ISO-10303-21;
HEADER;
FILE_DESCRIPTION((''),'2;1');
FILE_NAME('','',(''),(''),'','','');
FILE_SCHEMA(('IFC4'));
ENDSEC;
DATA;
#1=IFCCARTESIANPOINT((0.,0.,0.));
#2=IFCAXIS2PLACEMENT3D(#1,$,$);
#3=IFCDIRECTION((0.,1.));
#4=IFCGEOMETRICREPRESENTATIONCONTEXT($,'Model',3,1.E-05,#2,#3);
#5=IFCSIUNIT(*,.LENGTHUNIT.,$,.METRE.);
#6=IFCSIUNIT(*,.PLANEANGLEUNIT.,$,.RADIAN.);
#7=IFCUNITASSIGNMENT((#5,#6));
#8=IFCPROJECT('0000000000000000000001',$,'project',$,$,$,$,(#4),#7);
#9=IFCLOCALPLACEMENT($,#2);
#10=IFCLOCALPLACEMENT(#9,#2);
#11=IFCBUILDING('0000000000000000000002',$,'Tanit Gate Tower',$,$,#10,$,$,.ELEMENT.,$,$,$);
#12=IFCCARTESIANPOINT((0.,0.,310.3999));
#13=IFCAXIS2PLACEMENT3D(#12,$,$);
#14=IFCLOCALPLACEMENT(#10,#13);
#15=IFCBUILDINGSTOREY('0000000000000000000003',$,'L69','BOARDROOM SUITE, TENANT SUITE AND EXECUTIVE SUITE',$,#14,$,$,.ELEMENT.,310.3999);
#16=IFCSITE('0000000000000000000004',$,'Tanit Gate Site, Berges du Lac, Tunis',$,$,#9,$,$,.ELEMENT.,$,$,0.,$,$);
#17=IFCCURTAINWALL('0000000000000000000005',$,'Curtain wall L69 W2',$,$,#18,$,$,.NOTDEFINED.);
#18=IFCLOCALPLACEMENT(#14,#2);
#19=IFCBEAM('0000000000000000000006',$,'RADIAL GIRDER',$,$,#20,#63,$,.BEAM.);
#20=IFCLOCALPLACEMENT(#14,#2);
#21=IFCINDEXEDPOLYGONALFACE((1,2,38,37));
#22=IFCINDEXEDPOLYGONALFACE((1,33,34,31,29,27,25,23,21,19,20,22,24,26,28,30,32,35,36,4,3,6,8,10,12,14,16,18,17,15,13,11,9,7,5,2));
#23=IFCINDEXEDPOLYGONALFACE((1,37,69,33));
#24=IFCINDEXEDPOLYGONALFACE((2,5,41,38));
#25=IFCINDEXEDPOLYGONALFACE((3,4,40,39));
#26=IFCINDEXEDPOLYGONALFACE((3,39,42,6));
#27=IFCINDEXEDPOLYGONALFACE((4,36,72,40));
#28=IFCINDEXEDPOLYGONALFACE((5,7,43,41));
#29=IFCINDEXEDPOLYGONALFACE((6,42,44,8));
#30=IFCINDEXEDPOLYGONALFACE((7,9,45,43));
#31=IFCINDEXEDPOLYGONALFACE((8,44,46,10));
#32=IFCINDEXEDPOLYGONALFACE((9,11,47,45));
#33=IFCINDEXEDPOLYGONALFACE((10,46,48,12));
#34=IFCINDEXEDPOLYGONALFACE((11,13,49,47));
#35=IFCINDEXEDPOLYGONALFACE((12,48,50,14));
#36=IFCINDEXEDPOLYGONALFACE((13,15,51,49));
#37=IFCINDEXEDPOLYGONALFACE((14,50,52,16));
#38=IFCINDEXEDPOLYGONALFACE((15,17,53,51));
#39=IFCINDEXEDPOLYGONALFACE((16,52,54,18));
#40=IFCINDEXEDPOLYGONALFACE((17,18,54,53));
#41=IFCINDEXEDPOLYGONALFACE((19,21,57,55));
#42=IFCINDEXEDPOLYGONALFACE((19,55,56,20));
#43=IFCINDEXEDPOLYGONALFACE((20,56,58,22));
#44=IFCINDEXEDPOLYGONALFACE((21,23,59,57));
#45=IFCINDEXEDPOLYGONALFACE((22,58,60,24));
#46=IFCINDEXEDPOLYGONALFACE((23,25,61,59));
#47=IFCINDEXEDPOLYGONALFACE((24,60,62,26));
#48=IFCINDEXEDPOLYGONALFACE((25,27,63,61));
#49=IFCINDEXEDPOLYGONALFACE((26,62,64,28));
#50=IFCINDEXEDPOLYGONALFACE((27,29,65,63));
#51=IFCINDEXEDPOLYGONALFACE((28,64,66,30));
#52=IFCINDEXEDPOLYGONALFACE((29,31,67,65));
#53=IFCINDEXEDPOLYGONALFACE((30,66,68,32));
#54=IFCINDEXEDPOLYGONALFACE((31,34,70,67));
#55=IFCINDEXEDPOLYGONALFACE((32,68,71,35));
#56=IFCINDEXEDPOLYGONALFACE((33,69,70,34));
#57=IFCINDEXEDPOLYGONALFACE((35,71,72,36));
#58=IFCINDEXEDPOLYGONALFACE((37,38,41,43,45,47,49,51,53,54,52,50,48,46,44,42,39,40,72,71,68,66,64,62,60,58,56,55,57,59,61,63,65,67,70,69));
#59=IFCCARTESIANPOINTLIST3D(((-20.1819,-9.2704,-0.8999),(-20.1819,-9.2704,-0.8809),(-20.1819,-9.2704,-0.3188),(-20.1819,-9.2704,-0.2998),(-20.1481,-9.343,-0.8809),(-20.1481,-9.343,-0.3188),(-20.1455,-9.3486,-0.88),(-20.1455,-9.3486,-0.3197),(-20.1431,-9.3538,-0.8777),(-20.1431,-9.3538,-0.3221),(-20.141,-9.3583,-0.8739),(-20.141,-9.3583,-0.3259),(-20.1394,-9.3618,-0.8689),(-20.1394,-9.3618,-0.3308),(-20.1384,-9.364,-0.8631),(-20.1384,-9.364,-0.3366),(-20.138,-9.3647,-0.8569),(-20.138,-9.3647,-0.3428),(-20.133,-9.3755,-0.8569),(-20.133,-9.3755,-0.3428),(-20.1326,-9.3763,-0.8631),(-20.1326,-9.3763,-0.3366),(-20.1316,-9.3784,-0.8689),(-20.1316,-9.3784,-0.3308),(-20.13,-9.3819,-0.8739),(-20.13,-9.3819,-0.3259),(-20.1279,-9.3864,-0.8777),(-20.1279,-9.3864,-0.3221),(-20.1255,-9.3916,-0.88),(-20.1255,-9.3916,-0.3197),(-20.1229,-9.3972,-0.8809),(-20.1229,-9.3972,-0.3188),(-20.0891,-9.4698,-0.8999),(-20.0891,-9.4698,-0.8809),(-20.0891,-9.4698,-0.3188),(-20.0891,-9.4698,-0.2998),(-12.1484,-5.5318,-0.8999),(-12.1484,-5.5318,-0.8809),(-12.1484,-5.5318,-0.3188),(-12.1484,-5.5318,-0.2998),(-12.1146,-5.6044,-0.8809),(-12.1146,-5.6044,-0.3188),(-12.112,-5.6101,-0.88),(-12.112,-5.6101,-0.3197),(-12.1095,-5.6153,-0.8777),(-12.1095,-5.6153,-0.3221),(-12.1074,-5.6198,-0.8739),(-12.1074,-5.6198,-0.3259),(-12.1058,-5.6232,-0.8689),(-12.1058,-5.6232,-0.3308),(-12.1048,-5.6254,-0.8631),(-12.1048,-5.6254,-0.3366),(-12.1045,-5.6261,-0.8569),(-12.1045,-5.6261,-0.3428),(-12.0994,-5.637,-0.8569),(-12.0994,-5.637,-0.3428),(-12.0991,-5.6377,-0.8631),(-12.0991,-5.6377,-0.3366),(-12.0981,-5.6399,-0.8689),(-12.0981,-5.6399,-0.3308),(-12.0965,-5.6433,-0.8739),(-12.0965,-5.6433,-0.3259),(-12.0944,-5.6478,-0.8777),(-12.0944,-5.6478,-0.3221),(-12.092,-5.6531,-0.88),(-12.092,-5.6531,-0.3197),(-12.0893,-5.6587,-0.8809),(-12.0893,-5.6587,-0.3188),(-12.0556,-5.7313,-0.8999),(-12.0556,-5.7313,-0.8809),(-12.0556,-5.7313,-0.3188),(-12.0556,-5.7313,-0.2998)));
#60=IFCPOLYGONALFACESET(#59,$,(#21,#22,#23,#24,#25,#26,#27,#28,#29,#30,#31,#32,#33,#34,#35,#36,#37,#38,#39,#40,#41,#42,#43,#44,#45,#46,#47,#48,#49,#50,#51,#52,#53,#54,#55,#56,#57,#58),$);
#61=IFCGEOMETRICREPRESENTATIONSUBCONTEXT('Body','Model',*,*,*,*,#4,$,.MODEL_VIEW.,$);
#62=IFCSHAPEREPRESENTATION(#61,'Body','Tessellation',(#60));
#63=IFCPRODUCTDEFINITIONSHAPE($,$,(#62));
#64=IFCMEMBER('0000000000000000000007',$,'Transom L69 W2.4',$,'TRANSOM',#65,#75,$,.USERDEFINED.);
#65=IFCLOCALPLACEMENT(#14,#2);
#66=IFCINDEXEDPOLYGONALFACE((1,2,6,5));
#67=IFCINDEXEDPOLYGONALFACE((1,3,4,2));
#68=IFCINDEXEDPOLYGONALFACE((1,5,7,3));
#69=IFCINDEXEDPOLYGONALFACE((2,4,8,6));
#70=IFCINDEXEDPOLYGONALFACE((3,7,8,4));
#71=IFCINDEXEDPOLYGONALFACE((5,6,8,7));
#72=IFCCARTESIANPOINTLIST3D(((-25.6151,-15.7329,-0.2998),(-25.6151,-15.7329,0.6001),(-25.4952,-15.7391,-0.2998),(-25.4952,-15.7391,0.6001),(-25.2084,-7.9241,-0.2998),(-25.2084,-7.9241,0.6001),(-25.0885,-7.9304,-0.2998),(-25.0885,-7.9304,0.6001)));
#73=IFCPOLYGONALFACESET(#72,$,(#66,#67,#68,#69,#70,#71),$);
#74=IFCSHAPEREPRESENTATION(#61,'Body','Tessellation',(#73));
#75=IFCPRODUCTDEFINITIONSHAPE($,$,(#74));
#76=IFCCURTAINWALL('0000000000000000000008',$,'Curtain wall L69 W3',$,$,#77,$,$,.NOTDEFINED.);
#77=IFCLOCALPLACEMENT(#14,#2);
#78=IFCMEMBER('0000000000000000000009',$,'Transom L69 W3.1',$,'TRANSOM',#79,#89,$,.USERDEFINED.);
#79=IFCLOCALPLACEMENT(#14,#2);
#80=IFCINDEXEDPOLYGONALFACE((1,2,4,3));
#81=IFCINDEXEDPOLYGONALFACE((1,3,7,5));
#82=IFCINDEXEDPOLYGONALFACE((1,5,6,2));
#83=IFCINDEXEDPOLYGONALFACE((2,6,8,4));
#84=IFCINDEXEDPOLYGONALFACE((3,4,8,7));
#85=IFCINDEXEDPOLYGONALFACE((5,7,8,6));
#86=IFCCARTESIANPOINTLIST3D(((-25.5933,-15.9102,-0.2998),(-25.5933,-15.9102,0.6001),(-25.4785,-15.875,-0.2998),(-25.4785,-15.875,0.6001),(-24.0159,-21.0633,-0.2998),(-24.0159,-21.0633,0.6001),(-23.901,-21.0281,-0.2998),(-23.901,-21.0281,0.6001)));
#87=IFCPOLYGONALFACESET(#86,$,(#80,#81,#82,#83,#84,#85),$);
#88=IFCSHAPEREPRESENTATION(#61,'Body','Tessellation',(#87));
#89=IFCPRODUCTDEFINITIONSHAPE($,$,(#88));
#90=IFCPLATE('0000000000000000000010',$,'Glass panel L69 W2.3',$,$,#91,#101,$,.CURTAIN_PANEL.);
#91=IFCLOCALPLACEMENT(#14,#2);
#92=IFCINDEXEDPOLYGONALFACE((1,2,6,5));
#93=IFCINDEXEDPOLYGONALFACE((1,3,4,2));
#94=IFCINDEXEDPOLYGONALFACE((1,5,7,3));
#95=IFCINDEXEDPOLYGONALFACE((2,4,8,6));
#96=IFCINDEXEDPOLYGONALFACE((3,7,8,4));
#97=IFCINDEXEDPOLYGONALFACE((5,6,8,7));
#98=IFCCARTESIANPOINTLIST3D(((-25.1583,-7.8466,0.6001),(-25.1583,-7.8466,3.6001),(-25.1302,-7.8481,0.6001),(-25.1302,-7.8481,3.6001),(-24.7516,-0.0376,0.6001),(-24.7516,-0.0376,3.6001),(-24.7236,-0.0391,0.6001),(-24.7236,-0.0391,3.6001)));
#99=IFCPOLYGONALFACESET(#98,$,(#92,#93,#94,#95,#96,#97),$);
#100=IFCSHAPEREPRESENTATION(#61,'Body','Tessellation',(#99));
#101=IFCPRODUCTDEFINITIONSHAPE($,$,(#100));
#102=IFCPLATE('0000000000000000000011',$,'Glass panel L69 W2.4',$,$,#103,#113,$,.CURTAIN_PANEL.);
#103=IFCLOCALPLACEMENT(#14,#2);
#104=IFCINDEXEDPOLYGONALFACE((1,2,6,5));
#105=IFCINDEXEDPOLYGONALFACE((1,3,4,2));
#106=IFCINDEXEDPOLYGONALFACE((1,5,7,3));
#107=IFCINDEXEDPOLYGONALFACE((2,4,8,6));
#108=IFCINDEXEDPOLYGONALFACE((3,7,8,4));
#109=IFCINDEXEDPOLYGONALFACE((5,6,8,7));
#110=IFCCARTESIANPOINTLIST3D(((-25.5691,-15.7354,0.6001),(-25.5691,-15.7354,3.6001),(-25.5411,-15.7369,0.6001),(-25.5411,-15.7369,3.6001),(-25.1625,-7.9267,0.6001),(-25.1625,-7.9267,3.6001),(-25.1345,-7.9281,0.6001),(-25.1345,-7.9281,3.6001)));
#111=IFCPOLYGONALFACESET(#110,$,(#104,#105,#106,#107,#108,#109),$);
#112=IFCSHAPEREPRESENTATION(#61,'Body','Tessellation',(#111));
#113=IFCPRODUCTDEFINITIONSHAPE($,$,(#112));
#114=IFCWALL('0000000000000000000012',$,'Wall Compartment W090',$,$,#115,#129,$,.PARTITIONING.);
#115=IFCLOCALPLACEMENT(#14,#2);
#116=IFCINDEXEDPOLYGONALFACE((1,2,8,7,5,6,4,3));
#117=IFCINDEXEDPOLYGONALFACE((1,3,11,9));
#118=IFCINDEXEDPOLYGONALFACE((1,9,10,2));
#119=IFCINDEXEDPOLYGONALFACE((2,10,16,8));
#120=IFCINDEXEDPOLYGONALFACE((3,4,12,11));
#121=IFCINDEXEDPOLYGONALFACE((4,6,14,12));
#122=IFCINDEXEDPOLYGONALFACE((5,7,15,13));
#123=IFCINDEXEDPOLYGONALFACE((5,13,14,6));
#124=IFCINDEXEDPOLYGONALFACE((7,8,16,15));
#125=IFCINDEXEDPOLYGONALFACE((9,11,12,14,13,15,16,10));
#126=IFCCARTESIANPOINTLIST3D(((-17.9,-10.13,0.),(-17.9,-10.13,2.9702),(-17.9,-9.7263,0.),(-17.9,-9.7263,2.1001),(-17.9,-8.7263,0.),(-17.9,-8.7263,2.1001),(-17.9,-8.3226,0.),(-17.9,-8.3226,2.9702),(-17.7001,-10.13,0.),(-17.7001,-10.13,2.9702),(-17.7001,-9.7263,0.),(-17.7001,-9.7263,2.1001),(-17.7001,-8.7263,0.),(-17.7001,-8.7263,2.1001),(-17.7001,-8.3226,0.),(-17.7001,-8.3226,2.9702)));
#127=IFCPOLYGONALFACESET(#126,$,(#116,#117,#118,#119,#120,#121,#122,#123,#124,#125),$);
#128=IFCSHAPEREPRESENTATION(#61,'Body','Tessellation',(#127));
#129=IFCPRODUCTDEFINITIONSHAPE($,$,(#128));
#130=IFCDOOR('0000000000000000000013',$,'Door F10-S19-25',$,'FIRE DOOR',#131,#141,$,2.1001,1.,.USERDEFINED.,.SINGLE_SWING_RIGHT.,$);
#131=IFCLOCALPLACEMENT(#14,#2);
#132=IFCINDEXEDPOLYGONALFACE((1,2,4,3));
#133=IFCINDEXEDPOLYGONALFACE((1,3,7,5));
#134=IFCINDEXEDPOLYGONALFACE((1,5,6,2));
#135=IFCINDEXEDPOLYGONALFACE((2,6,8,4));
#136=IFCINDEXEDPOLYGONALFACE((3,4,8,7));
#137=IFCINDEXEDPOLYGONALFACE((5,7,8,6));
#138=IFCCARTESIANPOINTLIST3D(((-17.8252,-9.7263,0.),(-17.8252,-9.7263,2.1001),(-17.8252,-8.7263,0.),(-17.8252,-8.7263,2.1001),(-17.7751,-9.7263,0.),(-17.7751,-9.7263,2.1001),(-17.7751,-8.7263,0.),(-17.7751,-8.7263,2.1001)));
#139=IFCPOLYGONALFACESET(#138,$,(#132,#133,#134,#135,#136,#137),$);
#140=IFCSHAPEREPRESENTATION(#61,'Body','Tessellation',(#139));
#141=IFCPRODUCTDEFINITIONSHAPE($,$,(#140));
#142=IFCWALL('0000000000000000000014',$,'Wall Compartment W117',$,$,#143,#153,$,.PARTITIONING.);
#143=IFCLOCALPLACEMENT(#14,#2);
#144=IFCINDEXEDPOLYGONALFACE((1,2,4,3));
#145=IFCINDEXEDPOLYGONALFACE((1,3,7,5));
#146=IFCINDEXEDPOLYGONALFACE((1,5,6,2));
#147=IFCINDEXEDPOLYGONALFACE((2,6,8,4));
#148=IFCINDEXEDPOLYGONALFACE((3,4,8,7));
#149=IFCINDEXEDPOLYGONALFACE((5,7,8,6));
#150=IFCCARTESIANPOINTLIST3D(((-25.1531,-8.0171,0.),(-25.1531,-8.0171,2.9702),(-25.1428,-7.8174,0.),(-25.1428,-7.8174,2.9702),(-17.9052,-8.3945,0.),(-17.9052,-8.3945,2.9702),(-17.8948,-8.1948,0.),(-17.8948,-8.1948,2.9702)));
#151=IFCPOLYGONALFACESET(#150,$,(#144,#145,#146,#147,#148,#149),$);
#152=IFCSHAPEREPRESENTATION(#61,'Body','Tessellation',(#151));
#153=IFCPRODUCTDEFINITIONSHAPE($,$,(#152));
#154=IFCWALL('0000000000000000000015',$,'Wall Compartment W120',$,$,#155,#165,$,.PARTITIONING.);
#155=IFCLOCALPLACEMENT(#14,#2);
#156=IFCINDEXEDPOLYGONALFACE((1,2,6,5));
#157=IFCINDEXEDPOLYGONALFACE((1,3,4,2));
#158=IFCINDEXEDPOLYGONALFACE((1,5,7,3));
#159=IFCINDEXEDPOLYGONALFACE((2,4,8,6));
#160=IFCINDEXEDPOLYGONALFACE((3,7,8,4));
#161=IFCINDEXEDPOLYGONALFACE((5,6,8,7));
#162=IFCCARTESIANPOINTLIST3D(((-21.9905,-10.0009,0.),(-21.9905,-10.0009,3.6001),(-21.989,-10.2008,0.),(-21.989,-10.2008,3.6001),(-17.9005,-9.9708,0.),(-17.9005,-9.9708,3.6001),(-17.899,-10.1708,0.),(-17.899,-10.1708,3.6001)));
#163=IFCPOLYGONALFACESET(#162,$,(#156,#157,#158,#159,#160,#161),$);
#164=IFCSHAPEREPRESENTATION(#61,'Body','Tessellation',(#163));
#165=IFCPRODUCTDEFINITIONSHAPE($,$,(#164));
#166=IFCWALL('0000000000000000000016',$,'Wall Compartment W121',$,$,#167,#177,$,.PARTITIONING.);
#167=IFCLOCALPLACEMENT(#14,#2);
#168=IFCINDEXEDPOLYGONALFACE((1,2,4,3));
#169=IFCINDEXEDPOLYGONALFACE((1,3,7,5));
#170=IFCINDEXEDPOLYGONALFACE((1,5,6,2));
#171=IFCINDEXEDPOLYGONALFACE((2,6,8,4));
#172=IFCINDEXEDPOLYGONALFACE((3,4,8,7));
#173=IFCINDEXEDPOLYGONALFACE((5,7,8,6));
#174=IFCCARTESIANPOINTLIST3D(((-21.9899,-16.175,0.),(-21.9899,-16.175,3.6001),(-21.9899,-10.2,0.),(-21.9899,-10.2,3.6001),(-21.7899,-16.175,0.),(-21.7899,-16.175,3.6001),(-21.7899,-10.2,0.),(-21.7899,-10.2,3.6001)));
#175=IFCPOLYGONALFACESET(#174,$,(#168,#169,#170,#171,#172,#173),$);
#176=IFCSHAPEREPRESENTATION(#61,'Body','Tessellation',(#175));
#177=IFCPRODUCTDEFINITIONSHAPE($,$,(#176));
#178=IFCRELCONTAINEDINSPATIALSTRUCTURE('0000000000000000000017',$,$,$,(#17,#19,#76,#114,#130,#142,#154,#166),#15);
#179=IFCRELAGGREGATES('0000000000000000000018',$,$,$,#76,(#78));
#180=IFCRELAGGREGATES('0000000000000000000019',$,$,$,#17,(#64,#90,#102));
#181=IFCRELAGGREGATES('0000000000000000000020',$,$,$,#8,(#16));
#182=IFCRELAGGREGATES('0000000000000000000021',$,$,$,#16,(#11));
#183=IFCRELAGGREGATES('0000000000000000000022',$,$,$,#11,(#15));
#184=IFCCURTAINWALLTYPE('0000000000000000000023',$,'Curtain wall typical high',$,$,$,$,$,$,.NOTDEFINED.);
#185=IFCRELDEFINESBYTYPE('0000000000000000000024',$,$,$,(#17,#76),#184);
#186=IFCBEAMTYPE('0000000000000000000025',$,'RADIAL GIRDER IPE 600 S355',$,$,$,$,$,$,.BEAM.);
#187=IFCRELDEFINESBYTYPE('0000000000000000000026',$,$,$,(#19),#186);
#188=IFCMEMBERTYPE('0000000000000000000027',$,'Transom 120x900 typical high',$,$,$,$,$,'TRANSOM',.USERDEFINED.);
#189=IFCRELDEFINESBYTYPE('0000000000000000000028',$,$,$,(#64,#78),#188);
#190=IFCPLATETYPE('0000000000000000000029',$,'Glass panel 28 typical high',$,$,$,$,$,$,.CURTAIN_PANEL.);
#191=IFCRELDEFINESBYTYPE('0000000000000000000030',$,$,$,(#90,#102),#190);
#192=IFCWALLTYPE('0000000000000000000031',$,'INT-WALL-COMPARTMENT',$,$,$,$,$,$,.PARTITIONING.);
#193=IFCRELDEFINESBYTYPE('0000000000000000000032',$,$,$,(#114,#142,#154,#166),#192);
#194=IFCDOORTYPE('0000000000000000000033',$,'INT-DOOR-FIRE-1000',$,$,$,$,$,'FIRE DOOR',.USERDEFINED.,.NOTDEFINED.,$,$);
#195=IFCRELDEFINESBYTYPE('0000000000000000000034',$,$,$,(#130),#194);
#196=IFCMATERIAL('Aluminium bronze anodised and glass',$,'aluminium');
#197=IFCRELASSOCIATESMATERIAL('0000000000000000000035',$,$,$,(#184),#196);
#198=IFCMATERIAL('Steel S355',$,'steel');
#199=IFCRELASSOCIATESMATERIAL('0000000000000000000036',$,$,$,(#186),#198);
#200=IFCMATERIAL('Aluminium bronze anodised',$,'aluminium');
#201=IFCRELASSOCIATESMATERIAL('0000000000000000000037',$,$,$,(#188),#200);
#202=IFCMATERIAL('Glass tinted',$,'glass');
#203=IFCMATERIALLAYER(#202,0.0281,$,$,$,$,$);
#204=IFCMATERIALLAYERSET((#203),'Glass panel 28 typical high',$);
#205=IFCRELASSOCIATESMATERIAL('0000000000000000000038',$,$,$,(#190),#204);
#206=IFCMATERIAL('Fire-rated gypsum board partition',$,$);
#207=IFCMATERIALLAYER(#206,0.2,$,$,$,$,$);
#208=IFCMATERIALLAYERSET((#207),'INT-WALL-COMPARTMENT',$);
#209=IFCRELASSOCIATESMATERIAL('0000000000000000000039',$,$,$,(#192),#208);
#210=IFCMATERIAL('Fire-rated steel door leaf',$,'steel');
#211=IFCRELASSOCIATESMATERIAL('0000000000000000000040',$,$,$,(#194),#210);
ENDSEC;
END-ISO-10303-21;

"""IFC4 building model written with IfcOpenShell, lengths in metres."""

from ifc_helpers import new_model, si_unit, direction, frame, frame_2d, origin, origin_2d, place, context, subcontext, project, spatial, rectangle, i_section, extrude, material, layer, layer_set, material_profile, profile_set, type_object, element, fill, aggregate, save


model = new_model("IFC4")

# Units and contexts
model_context = context("Model", 3, precision=1e-05, world=origin(), true_north=direction((0.0, 1.0)))
body_context = subcontext(model_context, "Body", "Model", "MODEL_VIEW")
ifc_project = project(units=[si_unit("LENGTHUNIT", "METRE"), si_unit("PLANEANGLEUNIT", "RADIAN")], contexts=[model_context])

# Site, building, storey
site_placement = place(None, origin())
site = spatial("IfcSite", under=ifc_project, at=site_placement, Name="Tanit Gate Site, Berges du Lac, Tunis", CompositionType="ELEMENT", RefElevation=0.0)
building_placement = place(site_placement, origin())
building = spatial("IfcBuilding", under=site, at=building_placement, Name="Tanit Gate Tower", CompositionType="ELEMENT")
storey_placement = place(building_placement, frame((0.0, 0.0, 310.3999)))
storey = spatial("IfcBuildingStorey", under=building, at=storey_placement, Name="L69", Description="BOARDROOM SUITE, TENANT SUITE AND EXECUTIVE SUITE", CompositionType="ELEMENT", Elevation=310.3999)

# Curtain wall
ifc_material_1 = material(Name="Aluminium bronze anodised and glass", Category="aluminium")
curtain_wall_type = type_object("IfcCurtainWallType", Name="Curtain wall typical high", PredefinedType="NOTDEFINED", material=ifc_material_1)
curtain_wall_1_placement = place(storey_placement, origin())
curtain_wall_1 = element("IfcCurtainWall", 1, at=curtain_wall_1_placement, inside=storey, type_object=curtain_wall_type, Name="Curtain wall L69 W2", PredefinedType="NOTDEFINED")

# Beam
ifc_material_2 = material(Name="Steel S355", Category="steel")
ifc_material_profile_1 = material_profile(ifc_material_2, i_section(OverallWidth=0.22, OverallDepth=0.6001, WebThickness=0.012, FlangeThickness=0.019, FilletRadius=0.0239, at=origin_2d()), Name="IPE 600")
ifc_profile_set_1 = profile_set([ifc_material_profile_1], Name="Steel S355")
beam_type_1 = type_object("IfcBeamType", Name="RADIAL GIRDER IPE 600 S355", PredefinedType="BEAM", material=ifc_profile_set_1)
beam_1_placement = place(storey_placement, frame((-20.1355, -9.3701, -0.5999), z_axis=(0.906633, 0.42192, 0.0), x_axis=(-0.42192, 0.906633, 0.0)))
element("IfcBeam", 2, at=beam_1_placement, inside=storey, type_object=beam_type_1, Name="RADIAL GIRDER", PredefinedType="BEAM", context=body_context, shape_type="SweptSolid", body=[
    extrude(i_section(OverallWidth=0.22, OverallDepth=0.6001, WebThickness=0.012, FlangeThickness=0.019, FilletRadius=0.0239, at=origin_2d()), origin(), (0.0, 0.0, 1.0), 8.8608),
])

# Member
ifc_material_3 = material(Name="Aluminium bronze anodised", Category="aluminium")
ifc_material_profile_2 = material_profile(ifc_material_3, rectangle(XDim=0.1201, YDim=0.8999, at=origin_2d()), Name="120x900 bronze transom")
ifc_profile_set_2 = profile_set([ifc_material_profile_2], Name="Aluminium bronze anodised")
member_type_1 = type_object("IfcMemberType", Name="Transom 120x900 typical high", ElementType="TRANSOM", PredefinedType="USERDEFINED", material=ifc_profile_set_2)
member_1_placement = place(storey_placement, frame((-25.1484, -7.9272, 0.1501), z_axis=(-0.052016, -0.998646, 0.0), x_axis=(0.998646, -0.052016, 0.0)))
member_1 = element("IfcMember", 3, at=member_1_placement, type_object=member_type_1, Name="Transom L69 W2.4", ObjectType="TRANSOM", PredefinedType="USERDEFINED", context=body_context, shape_type="SweptSolid", body=[
    extrude(rectangle(XDim=0.1201, YDim=0.8999, at=origin_2d()), origin(), (0.0, 0.0, 1.0), 7.8193),
])

# Curtain wall, member
curtain_wall_2_placement = place(storey_placement, origin())
curtain_wall_2 = element("IfcCurtainWall", 4, at=curtain_wall_2_placement, inside=storey, type_object=curtain_wall_type, Name="Curtain wall L69 W3", PredefinedType="NOTDEFINED")
member_2_placement = place(storey_placement, frame((-25.5359, -15.8926, 0.1501), z_axis=(0.292701, -0.956204, 0.0), x_axis=(0.956204, 0.292701, 0.0)))
member_2 = element("IfcMember", 5, at=member_2_placement, type_object=member_type_1, Name="Transom L69 W3.1", ObjectType="TRANSOM", PredefinedType="USERDEFINED", context=body_context, shape_type="SweptSolid", body=[
    extrude(rectangle(XDim=0.1201, YDim=0.8999, at=origin_2d()), origin(), (0.0, 0.0, 1.0), 5.3892),
])
aggregate(curtain_wall_2, [member_2])

# Plates
ifc_material_4 = material(Name="Glass tinted", Category="glass")
ifc_layer_1 = layer(ifc_material_4, 0.0281)
ifc_layer_set_1 = layer_set([ifc_layer_1], Name="Glass panel 28 typical high")
plate_type = type_object("IfcPlateType", Name="Glass panel 28 typical high", PredefinedType="CURTAIN_PANEL", material=ifc_layer_set_1)
plate_1_placement = place(storey_placement, frame((-24.9409, -3.9429, 0.6001), z_axis=(0.0, 0.0, 1.0), x_axis=(-0.052003, -0.998647, 0.0)))
plate_1 = element("IfcPlate", 6, at=plate_1_placement, type_object=plate_type, Name="Glass panel L69 W2.3", PredefinedType="CURTAIN_PANEL", context=body_context, shape_type="SweptSolid", body=[
    extrude(rectangle(XDim=7.8196, YDim=0.0281, at=origin_2d()), origin(), (0.0, 0.0, 1.0), 3.0),
])
plate_2_placement = place(storey_placement, frame((-25.3518, -11.8318, 0.6001), z_axis=(0.0, 0.0, 1.0), x_axis=(-0.052003, -0.998647, 0.0)))
plate_2 = element("IfcPlate", 7, at=plate_2_placement, type_object=plate_type, Name="Glass panel L69 W2.4", PredefinedType="CURTAIN_PANEL", context=body_context, shape_type="SweptSolid", body=[
    extrude(rectangle(XDim=7.8193, YDim=0.0281, at=origin_2d()), origin(), (0.0, 0.0, 1.0), 3.0),
])
aggregate(curtain_wall_1, [member_1, plate_1, plate_2])

# Wall, opening, door
ifc_material_5 = material(Name="Fire-rated gypsum board partition")
ifc_layer_2 = layer(ifc_material_5, 0.2)
ifc_layer_set_2 = layer_set([ifc_layer_2], Name="INT-WALL-COMPARTMENT")
wall_type_1 = type_object("IfcWallType", Name="INT-WALL-COMPARTMENT", PredefinedType="PARTITIONING", material=ifc_layer_set_2)
wall_1_placement = place(storey_placement, frame((-17.8, -8.3225, 0.0), z_axis=(0.0, 0.0, 1.0), x_axis=(0.0, -1.0, 0.0)))
wall_1 = element("IfcWall", 8, at=wall_1_placement, inside=storey, type_object=wall_type_1, Name="Wall Compartment W090", PredefinedType="PARTITIONING", context=body_context, shape_type="SweptSolid", body=[
    extrude(rectangle(XDim=1.8074, YDim=0.2, at=frame_2d((0.9038, 0.0))), origin(), (0.0, 0.0, 1.0), 2.9702),
])
opening_1_placement = place(wall_1_placement, frame((0.4038, 0.0, 0.0)))
opening_1 = element("IfcOpeningElement", 9, at=opening_1_placement, cuts=wall_1, PredefinedType="OPENING", context=body_context, shape_type="SweptSolid", body=[
    extrude(rectangle(XDim=1.0, YDim=2.1001, at=frame_2d((0.5, 1.05))), frame((0.0, 0.1099, 0.0), z_axis=(0.0, -1.0, 0.0), x_axis=(1.0, 0.0, 0.0)), (0.0, 0.0, 1.0), 0.22),
])
ifc_material_6 = material(Name="Fire-rated steel door leaf", Category="steel")
door_type_1 = type_object("IfcDoorType", Name="INT-DOOR-FIRE-1000", ElementType="FIRE DOOR", OperationType="NOTDEFINED", PredefinedType="USERDEFINED", material=ifc_material_6)
door_1_placement = place(opening_1_placement, origin())
door_1 = element("IfcDoor", 10, at=door_1_placement, inside=storey, type_object=door_type_1, Name="Door F10-S19-25", ObjectType="FIRE DOOR", OperationType="SINGLE_SWING_RIGHT", OverallHeight=2.1001, OverallWidth=1.0, PredefinedType="USERDEFINED", context=body_context, shape_type="SweptSolid", body=[
    extrude(rectangle(XDim=1.0, YDim=2.1001, at=frame_2d((0.5, 1.05))), frame((0.0, 0.0249, 0.0), z_axis=(0.0, -1.0, 0.0), x_axis=(1.0, 0.0, 0.0)), (0.0, 0.0, 1.0), 0.05),
])
fill(opening_1, door_1)

# Walls
wall_2_placement = place(storey_placement, frame((-25.1479, -7.9172, 0.0), z_axis=(0.0, 0.0, 1.0), x_axis=(0.998647, -0.052004, 0.0)))
element("IfcWall", 11, at=wall_2_placement, inside=storey, type_object=wall_type_1, Name="Wall Compartment W117", PredefinedType="PARTITIONING", context=body_context, shape_type="SweptSolid", body=[
    extrude(rectangle(XDim=7.2578, YDim=0.2, at=frame_2d((3.6289, 0.0))), origin(), (0.0, 0.0, 1.0), 2.9702),
])
wall_3_placement = place(storey_placement, frame((-17.8999, -10.0708, 0.0), z_axis=(0.0, 0.0, 1.0), x_axis=(-0.999973, -0.007342, 0.0)))
element("IfcWall", 12, at=wall_3_placement, inside=storey, type_object=wall_type_1, Name="Wall Compartment W120", PredefinedType="PARTITIONING", context=body_context, shape_type="SweptSolid", body=[
    extrude(rectangle(XDim=4.0901, YDim=0.2, at=frame_2d((2.0449, 0.0))), origin(), (0.0, 0.0, 1.0), 3.6001),
])
wall_4_placement = place(storey_placement, frame((-21.8899, -10.2, 0.0), z_axis=(0.0, 0.0, 1.0), x_axis=(0.0, -1.0, 0.0)))
element("IfcWall", 13, at=wall_4_placement, inside=storey, type_object=wall_type_1, Name="Wall Compartment W121", PredefinedType="PARTITIONING", context=body_context, shape_type="SweptSolid", body=[
    extrude(rectangle(XDim=5.9751, YDim=0.2, at=frame_2d((2.9875, 0.0))), origin(), (0.0, 0.0, 1.0), 3.6001),
])

save(model, "model.ifc")
